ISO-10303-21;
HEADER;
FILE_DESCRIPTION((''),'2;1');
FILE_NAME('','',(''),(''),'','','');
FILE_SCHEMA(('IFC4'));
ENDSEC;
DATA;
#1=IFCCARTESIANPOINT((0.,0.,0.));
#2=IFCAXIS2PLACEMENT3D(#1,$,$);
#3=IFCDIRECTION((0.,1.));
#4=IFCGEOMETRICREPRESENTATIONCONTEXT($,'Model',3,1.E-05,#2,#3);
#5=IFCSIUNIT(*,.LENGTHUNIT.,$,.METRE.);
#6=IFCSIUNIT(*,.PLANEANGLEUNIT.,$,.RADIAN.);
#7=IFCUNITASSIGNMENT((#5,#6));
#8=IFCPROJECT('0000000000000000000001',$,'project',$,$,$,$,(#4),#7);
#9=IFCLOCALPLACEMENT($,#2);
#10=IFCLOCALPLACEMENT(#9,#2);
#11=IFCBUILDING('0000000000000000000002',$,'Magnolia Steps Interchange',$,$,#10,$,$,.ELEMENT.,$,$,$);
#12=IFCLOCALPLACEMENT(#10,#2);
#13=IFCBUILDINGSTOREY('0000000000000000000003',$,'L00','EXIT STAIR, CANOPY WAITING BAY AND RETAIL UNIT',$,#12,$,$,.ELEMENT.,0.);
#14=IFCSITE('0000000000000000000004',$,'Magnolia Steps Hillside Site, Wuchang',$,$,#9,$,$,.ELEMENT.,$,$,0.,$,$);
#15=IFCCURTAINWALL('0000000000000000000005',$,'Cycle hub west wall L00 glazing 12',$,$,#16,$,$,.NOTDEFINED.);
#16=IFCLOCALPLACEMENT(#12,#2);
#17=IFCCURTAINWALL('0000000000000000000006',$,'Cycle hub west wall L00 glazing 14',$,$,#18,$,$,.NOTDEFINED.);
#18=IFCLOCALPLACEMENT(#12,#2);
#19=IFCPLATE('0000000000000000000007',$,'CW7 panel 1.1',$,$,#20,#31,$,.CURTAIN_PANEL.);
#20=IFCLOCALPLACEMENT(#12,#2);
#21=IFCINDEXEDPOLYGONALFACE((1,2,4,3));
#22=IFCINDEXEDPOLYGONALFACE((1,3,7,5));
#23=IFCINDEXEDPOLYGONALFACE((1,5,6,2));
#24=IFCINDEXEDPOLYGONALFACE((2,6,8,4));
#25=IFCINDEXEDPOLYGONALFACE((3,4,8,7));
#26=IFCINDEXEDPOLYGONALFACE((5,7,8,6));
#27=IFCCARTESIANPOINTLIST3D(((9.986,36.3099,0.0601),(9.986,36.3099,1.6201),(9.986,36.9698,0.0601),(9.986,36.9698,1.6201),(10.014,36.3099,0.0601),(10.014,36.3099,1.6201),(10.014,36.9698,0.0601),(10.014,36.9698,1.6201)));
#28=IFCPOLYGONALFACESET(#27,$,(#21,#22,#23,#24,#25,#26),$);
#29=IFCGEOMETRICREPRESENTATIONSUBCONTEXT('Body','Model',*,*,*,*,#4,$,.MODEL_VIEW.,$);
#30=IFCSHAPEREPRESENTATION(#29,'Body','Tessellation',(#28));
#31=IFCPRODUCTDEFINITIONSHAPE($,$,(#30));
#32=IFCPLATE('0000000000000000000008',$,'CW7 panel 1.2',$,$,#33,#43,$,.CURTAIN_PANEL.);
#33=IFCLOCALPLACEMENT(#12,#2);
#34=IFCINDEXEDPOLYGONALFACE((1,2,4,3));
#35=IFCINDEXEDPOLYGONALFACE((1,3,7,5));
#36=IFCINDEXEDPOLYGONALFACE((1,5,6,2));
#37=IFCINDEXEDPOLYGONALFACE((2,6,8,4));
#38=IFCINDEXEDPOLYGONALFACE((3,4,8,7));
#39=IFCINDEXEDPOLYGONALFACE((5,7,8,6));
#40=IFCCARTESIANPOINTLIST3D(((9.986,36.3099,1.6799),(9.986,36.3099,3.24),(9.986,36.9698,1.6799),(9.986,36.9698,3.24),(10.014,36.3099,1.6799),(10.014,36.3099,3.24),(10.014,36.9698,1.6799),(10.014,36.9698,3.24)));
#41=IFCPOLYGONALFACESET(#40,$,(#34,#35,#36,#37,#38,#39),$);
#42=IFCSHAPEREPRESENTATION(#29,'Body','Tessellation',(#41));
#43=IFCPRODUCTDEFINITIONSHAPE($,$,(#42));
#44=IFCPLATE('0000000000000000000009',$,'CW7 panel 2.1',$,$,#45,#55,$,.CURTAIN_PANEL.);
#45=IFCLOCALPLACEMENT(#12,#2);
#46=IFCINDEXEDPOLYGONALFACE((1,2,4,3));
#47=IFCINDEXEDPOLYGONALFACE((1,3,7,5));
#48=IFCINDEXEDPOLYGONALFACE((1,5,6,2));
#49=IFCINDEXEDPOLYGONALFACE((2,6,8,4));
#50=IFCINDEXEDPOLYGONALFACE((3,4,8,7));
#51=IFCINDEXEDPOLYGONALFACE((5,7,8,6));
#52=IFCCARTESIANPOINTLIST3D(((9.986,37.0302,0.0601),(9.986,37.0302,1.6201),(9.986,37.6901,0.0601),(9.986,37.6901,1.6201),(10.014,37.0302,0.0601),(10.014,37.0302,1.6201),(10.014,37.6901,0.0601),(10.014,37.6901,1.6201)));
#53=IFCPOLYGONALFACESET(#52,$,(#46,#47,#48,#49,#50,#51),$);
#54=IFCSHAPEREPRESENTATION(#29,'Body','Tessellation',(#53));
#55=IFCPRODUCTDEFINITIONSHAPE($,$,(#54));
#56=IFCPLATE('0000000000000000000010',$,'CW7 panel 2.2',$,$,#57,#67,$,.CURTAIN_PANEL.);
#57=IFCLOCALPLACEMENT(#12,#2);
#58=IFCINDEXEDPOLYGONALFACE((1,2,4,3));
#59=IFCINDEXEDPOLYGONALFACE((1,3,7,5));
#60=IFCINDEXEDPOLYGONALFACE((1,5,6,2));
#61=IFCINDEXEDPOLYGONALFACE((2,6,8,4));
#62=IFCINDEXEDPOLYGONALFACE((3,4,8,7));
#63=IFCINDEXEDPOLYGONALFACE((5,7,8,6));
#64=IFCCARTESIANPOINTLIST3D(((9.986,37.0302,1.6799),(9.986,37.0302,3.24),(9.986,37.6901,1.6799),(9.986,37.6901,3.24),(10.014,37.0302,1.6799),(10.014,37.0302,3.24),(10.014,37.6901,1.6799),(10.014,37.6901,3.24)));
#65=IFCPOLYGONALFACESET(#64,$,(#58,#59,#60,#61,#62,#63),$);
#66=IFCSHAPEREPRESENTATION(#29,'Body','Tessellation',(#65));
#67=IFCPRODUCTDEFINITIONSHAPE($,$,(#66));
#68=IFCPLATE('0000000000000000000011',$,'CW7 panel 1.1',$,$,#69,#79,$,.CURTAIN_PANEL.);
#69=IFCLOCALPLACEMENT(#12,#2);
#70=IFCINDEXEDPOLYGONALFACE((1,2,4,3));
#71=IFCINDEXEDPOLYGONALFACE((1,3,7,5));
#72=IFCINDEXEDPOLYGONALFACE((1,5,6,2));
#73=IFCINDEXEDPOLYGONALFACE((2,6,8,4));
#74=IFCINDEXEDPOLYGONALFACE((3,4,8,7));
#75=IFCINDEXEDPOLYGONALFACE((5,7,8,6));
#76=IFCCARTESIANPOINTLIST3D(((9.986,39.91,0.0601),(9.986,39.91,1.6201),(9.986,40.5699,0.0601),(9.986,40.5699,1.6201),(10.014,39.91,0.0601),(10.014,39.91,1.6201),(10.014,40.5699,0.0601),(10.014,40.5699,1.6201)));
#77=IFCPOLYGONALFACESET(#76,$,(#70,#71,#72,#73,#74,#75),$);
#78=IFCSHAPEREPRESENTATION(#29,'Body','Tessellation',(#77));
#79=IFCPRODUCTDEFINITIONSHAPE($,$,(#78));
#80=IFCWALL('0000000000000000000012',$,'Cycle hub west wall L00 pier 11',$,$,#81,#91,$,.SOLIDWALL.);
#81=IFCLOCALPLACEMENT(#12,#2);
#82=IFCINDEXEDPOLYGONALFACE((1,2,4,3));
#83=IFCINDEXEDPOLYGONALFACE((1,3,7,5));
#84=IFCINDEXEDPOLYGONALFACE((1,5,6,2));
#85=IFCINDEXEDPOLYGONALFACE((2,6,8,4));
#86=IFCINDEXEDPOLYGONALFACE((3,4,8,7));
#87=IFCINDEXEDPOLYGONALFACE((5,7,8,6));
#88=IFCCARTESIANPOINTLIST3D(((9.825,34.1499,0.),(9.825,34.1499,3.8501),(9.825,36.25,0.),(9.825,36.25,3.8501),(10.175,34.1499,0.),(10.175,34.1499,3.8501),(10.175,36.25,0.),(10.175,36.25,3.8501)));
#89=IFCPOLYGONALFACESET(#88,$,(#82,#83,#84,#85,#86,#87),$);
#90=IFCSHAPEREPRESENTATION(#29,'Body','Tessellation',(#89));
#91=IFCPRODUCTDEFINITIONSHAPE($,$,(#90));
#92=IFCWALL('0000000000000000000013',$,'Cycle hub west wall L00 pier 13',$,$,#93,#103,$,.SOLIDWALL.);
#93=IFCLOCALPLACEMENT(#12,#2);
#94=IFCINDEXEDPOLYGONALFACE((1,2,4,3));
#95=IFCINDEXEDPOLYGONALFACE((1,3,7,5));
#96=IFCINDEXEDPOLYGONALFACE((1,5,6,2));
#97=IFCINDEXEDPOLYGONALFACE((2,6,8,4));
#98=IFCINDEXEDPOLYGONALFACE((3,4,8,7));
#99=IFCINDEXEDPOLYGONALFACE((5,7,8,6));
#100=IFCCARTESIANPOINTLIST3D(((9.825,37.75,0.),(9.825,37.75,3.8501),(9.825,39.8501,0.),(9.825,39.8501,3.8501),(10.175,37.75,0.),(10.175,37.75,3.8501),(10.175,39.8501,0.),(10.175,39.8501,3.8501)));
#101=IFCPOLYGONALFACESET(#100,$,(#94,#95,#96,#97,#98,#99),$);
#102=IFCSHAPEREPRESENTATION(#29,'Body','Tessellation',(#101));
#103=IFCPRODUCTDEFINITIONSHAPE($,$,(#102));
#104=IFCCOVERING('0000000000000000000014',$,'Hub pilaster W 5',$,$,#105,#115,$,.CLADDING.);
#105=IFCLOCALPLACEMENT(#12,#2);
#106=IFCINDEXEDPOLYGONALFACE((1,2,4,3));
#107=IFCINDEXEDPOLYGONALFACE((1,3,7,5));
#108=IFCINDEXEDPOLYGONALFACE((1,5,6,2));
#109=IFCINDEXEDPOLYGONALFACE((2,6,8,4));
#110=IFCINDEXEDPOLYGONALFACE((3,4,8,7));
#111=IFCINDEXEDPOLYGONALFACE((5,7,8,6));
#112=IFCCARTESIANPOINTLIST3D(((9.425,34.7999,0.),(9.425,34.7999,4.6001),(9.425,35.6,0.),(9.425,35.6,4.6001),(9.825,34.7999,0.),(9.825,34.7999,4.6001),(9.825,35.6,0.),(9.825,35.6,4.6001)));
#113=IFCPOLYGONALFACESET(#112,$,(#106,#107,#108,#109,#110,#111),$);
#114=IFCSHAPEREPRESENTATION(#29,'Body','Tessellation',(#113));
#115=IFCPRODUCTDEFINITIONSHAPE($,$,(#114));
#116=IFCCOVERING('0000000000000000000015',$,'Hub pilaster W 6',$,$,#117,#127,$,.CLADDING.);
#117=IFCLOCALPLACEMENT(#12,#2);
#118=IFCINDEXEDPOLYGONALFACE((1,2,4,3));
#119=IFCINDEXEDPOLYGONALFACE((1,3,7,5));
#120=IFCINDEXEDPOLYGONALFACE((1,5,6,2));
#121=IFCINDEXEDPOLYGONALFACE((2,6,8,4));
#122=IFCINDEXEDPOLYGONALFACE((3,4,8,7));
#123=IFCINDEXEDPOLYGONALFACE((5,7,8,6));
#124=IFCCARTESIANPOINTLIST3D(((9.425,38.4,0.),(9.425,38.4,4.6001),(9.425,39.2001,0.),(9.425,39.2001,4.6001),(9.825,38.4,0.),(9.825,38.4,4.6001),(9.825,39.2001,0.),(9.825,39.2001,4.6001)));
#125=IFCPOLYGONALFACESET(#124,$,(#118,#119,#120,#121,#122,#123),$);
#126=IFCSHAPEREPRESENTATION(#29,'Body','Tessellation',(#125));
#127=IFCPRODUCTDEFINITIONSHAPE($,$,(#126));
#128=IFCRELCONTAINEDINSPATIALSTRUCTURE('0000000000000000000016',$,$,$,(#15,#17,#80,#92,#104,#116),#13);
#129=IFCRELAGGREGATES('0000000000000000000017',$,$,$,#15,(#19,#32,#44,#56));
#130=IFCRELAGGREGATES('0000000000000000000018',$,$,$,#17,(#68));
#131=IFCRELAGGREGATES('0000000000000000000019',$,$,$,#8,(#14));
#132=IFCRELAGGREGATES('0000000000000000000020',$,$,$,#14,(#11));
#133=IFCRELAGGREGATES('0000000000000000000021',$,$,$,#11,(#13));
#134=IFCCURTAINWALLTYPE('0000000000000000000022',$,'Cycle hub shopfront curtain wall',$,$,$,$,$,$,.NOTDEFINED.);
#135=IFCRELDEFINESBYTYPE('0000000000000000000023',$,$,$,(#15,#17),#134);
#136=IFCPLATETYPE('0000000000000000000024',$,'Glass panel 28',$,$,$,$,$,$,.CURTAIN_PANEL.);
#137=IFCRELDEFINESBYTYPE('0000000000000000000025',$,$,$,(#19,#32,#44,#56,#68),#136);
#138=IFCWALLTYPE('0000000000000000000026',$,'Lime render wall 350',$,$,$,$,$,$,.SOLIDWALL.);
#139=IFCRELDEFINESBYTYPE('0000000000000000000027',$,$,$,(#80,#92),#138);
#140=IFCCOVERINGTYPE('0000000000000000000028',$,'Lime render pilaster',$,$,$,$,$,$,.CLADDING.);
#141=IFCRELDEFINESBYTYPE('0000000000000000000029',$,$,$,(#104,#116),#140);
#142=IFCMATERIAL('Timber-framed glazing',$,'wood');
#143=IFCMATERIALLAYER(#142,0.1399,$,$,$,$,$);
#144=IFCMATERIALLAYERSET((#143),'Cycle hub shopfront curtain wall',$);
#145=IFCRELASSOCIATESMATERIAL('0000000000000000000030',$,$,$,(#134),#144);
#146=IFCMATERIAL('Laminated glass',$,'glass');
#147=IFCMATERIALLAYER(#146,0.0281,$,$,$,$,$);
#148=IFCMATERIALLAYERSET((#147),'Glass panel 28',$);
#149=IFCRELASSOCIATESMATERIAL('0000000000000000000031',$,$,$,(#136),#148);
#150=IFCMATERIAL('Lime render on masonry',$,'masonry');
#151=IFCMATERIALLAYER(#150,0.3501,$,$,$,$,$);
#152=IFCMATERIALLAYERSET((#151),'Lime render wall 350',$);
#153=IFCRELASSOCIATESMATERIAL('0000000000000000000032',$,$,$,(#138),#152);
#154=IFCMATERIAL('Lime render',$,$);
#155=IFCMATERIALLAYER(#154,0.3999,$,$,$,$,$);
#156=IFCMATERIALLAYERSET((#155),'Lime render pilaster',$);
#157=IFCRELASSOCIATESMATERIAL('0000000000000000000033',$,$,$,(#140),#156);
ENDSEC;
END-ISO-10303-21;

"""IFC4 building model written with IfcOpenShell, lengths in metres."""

from ifc_helpers import new_model, si_unit, direction, frame, frame_2d, origin, origin_2d, place, context, subcontext, project, spatial, rectangle, extrude, material, layer, layer_set, type_object, element, aggregate, save


model = new_model("IFC4")

# Units and contexts
model_context = context("Model", 3, precision=1e-05, world=origin(), true_north=direction((0.0, 1.0)))
body_context = subcontext(model_context, "Body", "Model", "MODEL_VIEW")
ifc_project = project(units=[si_unit("LENGTHUNIT", "METRE"), si_unit("PLANEANGLEUNIT", "RADIAN")], contexts=[model_context])

# Site, building, storey
site_placement = place(None, origin())
site = spatial("IfcSite", under=ifc_project, at=site_placement, Name="Magnolia Steps Hillside Site, Wuchang", CompositionType="ELEMENT", RefElevation=0.0)
building_placement = place(site_placement, origin())
building = spatial("IfcBuilding", under=site, at=building_placement, Name="Magnolia Steps Interchange", CompositionType="ELEMENT")
storey_placement = place(building_placement, origin())
storey = spatial("IfcBuildingStorey", under=building, at=storey_placement, Name="L00", Description="EXIT STAIR, CANOPY WAITING BAY AND RETAIL UNIT", CompositionType="ELEMENT", Elevation=0.0)

# Curtain wall
ifc_material_1 = material(Name="Timber-framed glazing", Category="wood")
ifc_layer_1 = layer(ifc_material_1, 0.1399)
ifc_layer_set_1 = layer_set([ifc_layer_1], Name="Cycle hub shopfront curtain wall")
curtain_wall_type = type_object("IfcCurtainWallType", Name="Cycle hub shopfront curtain wall", PredefinedType="NOTDEFINED", material=ifc_layer_set_1)
curtain_wall_1_placement = place(storey_placement, origin())
curtain_wall_1 = element("IfcCurtainWall", 1, at=curtain_wall_1_placement, inside=storey, type_object=curtain_wall_type, Name="Cycle hub west wall L00 glazing 12", PredefinedType="NOTDEFINED")

# Curtain wall
curtain_wall_2_placement = place(storey_placement, origin())
curtain_wall_2 = element("IfcCurtainWall", 2, at=curtain_wall_2_placement, inside=storey, type_object=curtain_wall_type, Name="Cycle hub west wall L00 glazing 14", PredefinedType="NOTDEFINED")

# Plates
ifc_material_2 = material(Name="Laminated glass", Category="glass")
ifc_layer_2 = layer(ifc_material_2, 0.0281)
ifc_layer_set_2 = layer_set([ifc_layer_2], Name="Glass panel 28")
plate_type = type_object("IfcPlateType", Name="Glass panel 28", PredefinedType="CURTAIN_PANEL", material=ifc_layer_set_2)
plate_1_placement = place(storey_placement, frame((10.0, 36.6399, 0.0601), z_axis=(0.0, 0.0, 1.0), x_axis=(0.0, 1.0, 0.0)))
plate_1 = element("IfcPlate", 3, at=plate_1_placement, type_object=plate_type, Name="CW7 panel 1.1", PredefinedType="CURTAIN_PANEL", context=body_context, shape_type="SweptSolid", body=[
    extrude(rectangle(XDim=0.6599, YDim=0.0281, at=origin_2d()), origin(), (0.0, 0.0, 1.0), 1.5601),
])
plate_2_placement = place(storey_placement, frame((10.0, 36.6399, 1.6799), z_axis=(0.0, 0.0, 1.0), x_axis=(0.0, 1.0, 0.0)))
plate_2 = element("IfcPlate", 4, at=plate_2_placement, type_object=plate_type, Name="CW7 panel 1.2", PredefinedType="CURTAIN_PANEL", context=body_context, shape_type="SweptSolid", body=[
    extrude(rectangle(XDim=0.6599, YDim=0.0281, at=origin_2d()), origin(), (0.0, 0.0, 1.0), 1.5601),
])
plate_3_placement = place(storey_placement, frame((10.0, 37.3601, 0.0601), z_axis=(0.0, 0.0, 1.0), x_axis=(0.0, 1.0, 0.0)))
plate_3 = element("IfcPlate", 5, at=plate_3_placement, type_object=plate_type, Name="CW7 panel 2.1", PredefinedType="CURTAIN_PANEL", context=body_context, shape_type="SweptSolid", body=[
    extrude(rectangle(XDim=0.6599, YDim=0.0281, at=origin_2d()), origin(), (0.0, 0.0, 1.0), 1.5601),
])
plate_4_placement = place(storey_placement, frame((10.0, 37.3601, 1.6799), z_axis=(0.0, 0.0, 1.0), x_axis=(0.0, 1.0, 0.0)))
plate_4 = element("IfcPlate", 6, at=plate_4_placement, type_object=plate_type, Name="CW7 panel 2.2", PredefinedType="CURTAIN_PANEL", context=body_context, shape_type="SweptSolid", body=[
    extrude(rectangle(XDim=0.6599, YDim=0.0281, at=origin_2d()), origin(), (0.0, 0.0, 1.0), 1.5601),
])
aggregate(curtain_wall_1, [plate_1, plate_2, plate_3, plate_4])
plate_5_placement = place(storey_placement, frame((10.0, 40.24, 0.0601), z_axis=(0.0, 0.0, 1.0), x_axis=(0.0, 1.0, 0.0)))
plate_5 = element("IfcPlate", 7, at=plate_5_placement, type_object=plate_type, Name="CW7 panel 1.1", PredefinedType="CURTAIN_PANEL", context=body_context, shape_type="SweptSolid", body=[
    extrude(rectangle(XDim=0.6599, YDim=0.0281, at=origin_2d()), origin(), (0.0, 0.0, 1.0), 1.5601),
])
aggregate(curtain_wall_2, [plate_5])

# Walls
ifc_material_3 = material(Name="Lime render on masonry", Category="masonry")
ifc_layer_3 = layer(ifc_material_3, 0.3501)
ifc_layer_set_3 = layer_set([ifc_layer_3], Name="Lime render wall 350")
wall_type = type_object("IfcWallType", Name="Lime render wall 350", PredefinedType="SOLIDWALL", material=ifc_layer_set_3)
for number, where, z_axis, x_axis, name in (
    (8, (10.0, 34.1499, 0.0), (0.0, 0.0, 1.0), (0.0, 1.0, 0.0), "Cycle hub west wall L00 pier 11"),
    (9, (10.0, 37.75, 0.0), (0.0, 0.0, 1.0), (0.0, 1.0, 0.0), "Cycle hub west wall L00 pier 13"),
):
    element("IfcWall", number, at=place(storey_placement, frame(where, z_axis=z_axis, x_axis=x_axis)), inside=storey, type_object=wall_type, Name=name, PredefinedType="SOLIDWALL", context=body_context, shape_type="SweptSolid", body=[
        extrude(rectangle(XDim=2.1001, YDim=0.3501, at=frame_2d((1.05, 0.0))), origin(), (0.0, 0.0, 1.0), 3.8501),
    ])

# Coverings
ifc_material_4 = material(Name="Lime render")
ifc_layer_4 = layer(ifc_material_4, 0.3999)
ifc_layer_set_4 = layer_set([ifc_layer_4], Name="Lime render pilaster")
covering_type_1 = type_object("IfcCoveringType", Name="Lime render pilaster", PredefinedType="CLADDING", material=ifc_layer_set_4)
for number, where, z_axis, x_axis, name in (
    (10, (9.625, 35.2, 0.0), (0.0, 0.0, 1.0), (1.0, 0.0, 0.0), "Hub pilaster W 5"),
    (11, (9.625, 38.8, 0.0), (0.0, 0.0, 1.0), (1.0, 0.0, 0.0), "Hub pilaster W 6"),
):
    element("IfcCovering", number, at=place(storey_placement, frame(where, z_axis=z_axis, x_axis=x_axis)), inside=storey, type_object=covering_type_1, Name=name, PredefinedType="CLADDING", context=body_context, shape_type="SweptSolid", body=[
        extrude(rectangle(XDim=0.3999, YDim=0.8, at=origin_2d()), origin(), (0.0, 0.0, 1.0), 4.6001),
    ])

save(model, "model.ifc")
